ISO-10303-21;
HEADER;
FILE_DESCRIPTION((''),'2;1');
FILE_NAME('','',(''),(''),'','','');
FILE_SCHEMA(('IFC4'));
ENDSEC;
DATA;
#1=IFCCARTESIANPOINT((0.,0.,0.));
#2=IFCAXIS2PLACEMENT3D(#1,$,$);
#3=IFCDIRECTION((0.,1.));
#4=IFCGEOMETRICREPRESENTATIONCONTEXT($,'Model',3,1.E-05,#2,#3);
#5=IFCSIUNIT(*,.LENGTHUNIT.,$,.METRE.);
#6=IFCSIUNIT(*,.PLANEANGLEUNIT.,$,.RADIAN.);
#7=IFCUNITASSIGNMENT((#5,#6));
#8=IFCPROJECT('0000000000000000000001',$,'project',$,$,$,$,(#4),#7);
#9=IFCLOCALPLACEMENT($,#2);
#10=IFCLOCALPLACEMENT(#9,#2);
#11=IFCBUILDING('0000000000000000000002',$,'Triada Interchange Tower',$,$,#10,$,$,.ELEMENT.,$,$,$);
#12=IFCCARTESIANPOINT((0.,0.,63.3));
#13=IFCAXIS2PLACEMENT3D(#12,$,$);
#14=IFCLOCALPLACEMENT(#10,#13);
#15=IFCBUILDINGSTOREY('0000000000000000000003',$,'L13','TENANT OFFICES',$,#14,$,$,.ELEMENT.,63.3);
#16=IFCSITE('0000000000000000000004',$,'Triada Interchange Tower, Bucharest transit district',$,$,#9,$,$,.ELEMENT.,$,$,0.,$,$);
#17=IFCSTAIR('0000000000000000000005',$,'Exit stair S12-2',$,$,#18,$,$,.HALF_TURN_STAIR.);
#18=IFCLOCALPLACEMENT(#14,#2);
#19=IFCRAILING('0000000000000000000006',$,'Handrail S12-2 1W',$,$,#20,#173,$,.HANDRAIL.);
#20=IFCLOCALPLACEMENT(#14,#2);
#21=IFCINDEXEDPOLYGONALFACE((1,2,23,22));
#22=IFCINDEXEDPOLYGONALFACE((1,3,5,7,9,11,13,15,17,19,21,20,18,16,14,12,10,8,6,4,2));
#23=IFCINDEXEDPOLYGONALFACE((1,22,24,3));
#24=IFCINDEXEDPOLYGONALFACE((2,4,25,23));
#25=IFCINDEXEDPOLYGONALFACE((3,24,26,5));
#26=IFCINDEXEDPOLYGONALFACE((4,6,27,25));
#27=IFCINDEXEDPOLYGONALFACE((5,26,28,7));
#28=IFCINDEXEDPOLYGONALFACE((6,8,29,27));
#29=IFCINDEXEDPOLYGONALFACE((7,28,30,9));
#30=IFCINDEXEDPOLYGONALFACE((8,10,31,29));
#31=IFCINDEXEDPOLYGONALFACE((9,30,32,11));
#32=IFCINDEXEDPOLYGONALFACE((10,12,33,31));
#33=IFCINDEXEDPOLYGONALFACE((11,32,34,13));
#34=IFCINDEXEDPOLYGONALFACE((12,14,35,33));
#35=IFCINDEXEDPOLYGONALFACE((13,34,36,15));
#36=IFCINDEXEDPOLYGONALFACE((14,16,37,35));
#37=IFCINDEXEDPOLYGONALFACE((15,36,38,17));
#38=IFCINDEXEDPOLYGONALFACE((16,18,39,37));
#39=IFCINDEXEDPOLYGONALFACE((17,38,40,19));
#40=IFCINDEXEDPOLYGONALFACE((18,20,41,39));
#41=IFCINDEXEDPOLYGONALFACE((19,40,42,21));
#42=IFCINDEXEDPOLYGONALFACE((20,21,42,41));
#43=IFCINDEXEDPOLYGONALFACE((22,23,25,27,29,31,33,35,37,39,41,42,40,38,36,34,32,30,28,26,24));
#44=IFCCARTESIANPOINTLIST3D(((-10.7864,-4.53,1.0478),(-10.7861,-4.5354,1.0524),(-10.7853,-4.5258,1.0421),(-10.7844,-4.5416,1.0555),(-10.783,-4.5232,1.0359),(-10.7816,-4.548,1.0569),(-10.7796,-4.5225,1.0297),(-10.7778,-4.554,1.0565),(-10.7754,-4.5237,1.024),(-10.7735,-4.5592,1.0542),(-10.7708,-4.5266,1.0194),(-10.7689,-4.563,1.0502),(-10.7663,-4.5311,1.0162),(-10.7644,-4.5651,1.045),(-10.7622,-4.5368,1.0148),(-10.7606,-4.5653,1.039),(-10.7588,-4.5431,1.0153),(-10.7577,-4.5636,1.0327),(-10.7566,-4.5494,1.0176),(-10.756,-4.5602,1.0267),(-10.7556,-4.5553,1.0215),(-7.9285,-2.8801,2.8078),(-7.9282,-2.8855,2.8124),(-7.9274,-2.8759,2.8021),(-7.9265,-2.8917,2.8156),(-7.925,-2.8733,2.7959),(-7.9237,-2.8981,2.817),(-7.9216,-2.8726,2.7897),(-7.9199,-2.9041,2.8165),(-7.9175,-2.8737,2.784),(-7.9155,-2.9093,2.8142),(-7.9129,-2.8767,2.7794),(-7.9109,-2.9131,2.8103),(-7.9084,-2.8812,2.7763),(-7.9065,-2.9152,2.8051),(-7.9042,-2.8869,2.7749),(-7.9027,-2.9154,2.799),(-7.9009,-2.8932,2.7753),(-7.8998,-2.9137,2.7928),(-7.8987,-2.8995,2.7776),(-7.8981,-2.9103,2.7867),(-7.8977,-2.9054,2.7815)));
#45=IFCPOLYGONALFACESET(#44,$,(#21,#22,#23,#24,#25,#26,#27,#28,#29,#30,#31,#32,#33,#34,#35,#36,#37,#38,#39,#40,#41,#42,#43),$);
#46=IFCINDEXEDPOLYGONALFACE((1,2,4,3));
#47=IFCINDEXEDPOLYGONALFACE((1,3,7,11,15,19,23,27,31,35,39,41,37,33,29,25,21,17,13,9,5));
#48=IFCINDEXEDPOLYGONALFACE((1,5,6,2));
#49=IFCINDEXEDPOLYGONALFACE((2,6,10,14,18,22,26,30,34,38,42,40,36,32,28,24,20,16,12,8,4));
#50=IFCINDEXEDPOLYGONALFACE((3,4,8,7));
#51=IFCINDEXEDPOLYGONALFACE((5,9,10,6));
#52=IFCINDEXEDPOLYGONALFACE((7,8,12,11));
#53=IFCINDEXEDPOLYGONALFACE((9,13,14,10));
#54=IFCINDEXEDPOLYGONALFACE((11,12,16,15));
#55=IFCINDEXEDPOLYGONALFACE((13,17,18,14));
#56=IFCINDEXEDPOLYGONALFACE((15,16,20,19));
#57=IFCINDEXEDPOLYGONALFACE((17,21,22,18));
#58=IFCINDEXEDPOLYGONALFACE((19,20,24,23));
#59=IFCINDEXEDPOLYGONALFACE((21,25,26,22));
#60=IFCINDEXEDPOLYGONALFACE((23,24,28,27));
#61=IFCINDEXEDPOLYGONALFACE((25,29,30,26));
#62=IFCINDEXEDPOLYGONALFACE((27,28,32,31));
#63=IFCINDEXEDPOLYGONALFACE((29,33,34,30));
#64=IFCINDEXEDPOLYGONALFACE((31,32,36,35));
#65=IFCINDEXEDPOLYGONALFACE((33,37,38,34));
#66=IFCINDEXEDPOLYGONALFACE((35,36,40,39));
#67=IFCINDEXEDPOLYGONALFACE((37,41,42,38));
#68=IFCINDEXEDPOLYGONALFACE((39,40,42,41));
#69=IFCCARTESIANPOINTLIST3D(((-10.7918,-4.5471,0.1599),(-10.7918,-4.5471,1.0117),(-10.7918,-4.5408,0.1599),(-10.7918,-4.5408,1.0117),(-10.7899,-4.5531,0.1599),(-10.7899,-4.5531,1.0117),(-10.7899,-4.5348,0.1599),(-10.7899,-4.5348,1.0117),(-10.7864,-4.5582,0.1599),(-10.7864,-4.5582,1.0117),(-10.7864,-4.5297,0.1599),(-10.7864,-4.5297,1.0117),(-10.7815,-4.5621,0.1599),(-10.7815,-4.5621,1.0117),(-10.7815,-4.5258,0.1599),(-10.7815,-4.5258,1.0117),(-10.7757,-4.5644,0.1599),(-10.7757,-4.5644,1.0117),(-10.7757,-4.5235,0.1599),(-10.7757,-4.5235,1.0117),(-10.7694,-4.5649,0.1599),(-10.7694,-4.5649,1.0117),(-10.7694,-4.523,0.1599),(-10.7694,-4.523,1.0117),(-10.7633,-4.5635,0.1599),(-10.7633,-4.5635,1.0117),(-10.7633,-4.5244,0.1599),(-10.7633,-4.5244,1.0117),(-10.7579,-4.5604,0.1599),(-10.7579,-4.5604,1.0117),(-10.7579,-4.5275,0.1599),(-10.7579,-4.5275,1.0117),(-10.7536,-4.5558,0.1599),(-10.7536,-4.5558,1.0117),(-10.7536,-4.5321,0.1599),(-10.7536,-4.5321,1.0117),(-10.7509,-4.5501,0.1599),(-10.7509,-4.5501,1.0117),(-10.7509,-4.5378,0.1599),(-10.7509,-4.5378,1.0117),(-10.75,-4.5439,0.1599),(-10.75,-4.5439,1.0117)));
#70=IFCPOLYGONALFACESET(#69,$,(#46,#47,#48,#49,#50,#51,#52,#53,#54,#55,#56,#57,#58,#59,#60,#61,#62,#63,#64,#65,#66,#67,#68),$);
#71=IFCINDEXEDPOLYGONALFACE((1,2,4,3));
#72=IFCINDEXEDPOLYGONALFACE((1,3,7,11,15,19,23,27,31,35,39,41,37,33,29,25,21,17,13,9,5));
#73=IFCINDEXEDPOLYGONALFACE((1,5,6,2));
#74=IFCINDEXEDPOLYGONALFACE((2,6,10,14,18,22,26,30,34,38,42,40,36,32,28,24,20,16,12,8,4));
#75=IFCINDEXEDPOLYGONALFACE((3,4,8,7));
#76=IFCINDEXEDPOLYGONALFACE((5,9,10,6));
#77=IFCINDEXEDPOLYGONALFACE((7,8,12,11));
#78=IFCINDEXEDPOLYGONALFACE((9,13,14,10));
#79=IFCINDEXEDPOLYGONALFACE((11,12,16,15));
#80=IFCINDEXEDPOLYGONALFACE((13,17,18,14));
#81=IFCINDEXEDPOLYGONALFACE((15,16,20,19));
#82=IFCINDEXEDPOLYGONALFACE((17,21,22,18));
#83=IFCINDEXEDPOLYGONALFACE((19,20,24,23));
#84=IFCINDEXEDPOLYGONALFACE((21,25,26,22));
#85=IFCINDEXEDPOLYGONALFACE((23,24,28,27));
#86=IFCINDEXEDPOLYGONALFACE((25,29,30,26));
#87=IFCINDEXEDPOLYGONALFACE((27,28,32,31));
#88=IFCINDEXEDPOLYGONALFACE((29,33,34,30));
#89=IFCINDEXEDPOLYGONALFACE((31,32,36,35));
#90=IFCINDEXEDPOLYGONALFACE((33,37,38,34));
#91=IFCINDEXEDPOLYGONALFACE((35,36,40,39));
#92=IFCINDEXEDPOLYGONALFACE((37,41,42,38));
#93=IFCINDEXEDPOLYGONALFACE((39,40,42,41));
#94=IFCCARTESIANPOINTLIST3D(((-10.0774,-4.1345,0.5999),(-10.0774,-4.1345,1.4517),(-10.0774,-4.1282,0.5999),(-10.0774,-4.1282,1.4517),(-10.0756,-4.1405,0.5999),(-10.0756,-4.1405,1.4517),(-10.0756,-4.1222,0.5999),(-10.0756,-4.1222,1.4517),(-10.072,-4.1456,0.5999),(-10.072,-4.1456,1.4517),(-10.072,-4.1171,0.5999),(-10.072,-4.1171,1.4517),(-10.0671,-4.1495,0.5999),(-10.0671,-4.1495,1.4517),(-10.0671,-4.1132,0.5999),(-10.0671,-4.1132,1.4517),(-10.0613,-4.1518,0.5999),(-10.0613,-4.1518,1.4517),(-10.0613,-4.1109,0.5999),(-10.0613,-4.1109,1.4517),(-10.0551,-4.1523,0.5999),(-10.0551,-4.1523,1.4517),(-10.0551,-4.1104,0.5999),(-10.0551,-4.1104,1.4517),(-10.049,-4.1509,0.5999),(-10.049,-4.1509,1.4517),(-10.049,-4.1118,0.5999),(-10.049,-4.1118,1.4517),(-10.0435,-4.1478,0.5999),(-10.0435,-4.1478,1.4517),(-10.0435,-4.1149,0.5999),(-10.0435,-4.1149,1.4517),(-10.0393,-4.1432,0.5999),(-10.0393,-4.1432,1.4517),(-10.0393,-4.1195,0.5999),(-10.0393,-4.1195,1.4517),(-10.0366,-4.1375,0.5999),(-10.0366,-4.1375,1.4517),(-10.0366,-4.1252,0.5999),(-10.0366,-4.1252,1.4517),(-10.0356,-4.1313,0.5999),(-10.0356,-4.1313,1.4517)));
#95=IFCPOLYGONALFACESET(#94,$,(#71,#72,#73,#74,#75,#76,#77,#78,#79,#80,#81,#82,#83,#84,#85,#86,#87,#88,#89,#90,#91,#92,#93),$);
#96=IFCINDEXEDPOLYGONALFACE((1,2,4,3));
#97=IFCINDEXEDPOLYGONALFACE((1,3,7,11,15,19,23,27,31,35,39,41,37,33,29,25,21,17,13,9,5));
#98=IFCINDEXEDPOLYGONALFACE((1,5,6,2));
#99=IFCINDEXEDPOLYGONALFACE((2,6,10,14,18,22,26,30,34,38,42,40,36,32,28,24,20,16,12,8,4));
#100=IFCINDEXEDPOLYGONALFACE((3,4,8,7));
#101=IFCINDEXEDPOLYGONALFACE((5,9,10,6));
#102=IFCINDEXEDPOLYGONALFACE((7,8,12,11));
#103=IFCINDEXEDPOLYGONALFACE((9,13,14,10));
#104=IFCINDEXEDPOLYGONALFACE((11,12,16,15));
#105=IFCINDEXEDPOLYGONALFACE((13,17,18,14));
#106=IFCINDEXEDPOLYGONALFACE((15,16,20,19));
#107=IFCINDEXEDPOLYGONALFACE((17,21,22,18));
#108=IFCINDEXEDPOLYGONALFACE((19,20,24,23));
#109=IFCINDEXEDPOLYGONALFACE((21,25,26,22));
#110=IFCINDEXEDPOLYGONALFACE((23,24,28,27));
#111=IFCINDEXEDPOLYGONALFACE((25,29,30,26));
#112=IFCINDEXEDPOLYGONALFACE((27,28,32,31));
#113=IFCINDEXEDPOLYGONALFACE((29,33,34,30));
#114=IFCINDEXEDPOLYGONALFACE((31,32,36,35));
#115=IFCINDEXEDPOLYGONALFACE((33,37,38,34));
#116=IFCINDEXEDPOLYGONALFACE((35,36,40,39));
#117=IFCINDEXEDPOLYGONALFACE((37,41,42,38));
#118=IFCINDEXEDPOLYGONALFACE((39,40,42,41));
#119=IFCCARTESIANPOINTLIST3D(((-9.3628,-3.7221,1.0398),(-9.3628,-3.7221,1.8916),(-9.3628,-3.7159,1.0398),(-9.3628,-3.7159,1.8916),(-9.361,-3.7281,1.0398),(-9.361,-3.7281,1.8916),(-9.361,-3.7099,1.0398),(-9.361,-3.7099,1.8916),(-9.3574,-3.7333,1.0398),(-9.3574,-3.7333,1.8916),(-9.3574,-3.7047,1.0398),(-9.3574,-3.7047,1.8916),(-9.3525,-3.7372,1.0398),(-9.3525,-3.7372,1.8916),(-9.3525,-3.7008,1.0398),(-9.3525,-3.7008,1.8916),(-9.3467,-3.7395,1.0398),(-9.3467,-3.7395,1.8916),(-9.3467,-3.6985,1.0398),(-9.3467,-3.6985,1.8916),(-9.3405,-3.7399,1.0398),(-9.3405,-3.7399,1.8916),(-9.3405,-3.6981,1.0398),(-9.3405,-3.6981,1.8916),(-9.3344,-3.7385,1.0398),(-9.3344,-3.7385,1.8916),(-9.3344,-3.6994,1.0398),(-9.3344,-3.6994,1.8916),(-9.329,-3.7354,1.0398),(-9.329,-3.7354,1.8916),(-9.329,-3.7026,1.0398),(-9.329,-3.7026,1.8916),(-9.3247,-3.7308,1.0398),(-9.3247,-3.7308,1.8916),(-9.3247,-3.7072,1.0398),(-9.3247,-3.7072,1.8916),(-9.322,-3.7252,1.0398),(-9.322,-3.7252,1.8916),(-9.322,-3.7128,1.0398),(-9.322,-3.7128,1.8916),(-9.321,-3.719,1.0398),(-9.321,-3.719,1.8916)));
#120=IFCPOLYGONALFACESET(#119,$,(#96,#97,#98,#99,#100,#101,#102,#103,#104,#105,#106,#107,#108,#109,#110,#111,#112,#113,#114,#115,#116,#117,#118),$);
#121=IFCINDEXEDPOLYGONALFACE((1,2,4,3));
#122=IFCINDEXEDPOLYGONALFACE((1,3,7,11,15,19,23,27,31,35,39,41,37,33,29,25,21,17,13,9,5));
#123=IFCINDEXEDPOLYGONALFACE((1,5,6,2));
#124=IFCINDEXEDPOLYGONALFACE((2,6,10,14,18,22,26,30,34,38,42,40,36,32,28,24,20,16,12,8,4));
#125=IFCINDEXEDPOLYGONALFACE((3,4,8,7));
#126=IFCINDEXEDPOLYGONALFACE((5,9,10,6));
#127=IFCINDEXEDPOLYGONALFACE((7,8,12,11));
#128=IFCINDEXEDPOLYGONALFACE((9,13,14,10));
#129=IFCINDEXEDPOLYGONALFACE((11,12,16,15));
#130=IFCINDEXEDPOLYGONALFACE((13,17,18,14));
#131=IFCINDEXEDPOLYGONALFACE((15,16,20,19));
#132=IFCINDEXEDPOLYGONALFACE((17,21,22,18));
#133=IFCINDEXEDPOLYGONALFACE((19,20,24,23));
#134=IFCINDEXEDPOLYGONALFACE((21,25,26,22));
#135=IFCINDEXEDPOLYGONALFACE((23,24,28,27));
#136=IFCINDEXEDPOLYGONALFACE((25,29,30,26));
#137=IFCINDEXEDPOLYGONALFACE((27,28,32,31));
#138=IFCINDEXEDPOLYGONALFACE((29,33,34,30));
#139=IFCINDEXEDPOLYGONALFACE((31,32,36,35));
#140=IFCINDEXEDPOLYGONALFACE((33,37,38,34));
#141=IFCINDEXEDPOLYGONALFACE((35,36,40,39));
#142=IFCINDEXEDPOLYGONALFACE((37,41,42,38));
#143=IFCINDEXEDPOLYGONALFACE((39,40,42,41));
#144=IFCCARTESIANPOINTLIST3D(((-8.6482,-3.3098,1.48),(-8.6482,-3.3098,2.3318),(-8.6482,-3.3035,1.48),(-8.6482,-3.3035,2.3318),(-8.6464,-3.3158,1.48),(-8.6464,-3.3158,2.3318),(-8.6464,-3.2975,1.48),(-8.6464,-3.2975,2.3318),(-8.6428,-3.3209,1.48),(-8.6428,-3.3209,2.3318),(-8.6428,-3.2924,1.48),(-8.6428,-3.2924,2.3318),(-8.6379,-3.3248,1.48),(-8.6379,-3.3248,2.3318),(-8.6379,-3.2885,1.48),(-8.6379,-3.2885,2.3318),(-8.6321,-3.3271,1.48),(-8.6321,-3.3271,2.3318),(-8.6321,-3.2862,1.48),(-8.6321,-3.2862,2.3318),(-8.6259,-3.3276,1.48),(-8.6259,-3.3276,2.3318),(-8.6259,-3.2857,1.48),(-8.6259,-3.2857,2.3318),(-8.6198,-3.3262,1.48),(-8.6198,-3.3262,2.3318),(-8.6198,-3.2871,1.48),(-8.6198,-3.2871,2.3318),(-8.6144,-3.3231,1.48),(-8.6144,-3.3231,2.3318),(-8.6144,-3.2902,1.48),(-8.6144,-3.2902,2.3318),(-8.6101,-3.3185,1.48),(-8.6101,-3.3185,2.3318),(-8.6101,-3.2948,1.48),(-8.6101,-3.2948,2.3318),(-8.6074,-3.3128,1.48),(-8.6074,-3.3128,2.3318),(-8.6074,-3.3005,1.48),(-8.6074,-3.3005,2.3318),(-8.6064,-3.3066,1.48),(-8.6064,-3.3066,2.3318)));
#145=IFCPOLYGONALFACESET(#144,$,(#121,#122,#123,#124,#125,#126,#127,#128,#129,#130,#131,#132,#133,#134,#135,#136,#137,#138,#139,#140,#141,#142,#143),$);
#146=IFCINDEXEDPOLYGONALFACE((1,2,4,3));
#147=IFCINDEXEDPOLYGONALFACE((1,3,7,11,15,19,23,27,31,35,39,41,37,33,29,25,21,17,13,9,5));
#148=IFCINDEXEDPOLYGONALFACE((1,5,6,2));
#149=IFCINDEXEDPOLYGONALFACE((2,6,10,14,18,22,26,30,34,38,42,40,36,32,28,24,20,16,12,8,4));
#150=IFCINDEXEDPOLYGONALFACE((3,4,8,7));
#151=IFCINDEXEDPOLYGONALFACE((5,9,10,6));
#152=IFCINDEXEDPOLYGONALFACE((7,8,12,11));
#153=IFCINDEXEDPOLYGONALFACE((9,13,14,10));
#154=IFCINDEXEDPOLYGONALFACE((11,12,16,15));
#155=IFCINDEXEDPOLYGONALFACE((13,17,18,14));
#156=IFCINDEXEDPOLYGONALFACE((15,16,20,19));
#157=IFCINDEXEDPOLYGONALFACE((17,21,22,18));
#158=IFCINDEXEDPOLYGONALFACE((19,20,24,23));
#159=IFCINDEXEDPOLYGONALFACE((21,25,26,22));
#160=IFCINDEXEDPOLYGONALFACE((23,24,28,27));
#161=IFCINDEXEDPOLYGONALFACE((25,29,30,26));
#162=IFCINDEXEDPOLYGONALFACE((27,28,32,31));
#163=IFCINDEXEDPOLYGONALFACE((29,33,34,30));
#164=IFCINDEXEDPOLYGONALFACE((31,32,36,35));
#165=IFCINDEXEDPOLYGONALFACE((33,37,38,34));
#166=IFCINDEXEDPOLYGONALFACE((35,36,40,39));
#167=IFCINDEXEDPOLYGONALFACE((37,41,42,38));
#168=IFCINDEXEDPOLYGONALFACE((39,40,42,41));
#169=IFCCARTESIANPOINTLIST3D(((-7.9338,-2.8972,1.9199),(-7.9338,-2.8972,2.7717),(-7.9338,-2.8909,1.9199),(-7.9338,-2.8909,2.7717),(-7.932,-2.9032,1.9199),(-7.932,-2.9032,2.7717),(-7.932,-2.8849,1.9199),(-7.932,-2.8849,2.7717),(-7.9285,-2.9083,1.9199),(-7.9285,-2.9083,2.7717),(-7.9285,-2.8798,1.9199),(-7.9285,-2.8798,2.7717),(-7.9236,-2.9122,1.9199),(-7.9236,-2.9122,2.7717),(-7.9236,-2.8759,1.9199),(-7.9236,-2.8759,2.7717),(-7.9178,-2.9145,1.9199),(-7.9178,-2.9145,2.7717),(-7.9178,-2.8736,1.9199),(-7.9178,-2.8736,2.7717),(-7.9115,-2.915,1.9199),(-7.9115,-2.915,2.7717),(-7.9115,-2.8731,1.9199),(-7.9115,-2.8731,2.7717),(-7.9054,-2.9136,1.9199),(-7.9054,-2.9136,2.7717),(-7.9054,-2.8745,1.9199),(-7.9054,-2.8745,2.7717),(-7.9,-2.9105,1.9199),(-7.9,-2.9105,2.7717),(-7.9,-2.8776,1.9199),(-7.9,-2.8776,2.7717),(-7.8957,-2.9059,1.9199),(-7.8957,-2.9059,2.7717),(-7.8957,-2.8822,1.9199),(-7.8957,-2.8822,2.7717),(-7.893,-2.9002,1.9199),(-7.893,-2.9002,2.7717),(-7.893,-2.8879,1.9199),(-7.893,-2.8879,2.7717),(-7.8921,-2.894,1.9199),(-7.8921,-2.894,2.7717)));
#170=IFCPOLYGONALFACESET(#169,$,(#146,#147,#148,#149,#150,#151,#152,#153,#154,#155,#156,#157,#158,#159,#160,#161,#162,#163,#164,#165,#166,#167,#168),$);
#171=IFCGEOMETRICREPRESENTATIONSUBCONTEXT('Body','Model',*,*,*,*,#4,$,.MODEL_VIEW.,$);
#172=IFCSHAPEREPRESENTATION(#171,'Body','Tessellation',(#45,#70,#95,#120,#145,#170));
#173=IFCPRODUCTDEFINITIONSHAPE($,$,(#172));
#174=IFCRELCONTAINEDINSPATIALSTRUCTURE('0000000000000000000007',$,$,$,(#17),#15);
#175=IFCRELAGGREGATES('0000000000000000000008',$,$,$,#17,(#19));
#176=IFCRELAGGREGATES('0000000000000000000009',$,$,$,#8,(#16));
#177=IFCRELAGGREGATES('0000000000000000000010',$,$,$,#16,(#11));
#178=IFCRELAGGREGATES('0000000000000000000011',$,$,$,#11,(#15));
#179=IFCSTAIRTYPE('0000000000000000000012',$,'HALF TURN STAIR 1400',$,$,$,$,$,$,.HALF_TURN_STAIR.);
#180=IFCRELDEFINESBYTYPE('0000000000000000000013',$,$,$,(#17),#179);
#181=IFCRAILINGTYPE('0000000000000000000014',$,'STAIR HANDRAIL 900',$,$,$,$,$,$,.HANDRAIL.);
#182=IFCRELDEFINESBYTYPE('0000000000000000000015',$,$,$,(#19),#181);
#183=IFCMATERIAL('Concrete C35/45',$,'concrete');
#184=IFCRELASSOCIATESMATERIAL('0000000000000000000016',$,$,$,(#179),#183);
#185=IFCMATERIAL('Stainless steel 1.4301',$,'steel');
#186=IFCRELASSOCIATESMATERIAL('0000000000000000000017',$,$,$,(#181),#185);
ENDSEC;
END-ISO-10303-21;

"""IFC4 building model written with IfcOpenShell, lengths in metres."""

from ifc_helpers import new_model, si_unit, direction, frame, origin, origin_2d, place, context, subcontext, project, spatial, circle, extrude, material, type_object, element, aggregate, save


model = new_model("IFC4")

# Units and contexts
model_context = context("Model", 3, precision=1e-05, world=origin(), true_north=direction((0.0, 1.0)))
body_context = subcontext(model_context, "Body", "Model", "MODEL_VIEW")
ifc_project = project(units=[si_unit("LENGTHUNIT", "METRE"), si_unit("PLANEANGLEUNIT", "RADIAN")], contexts=[model_context])

# Site, building, storey
site_placement = place(None, origin())
site = spatial("IfcSite", under=ifc_project, at=site_placement, Name="Triada Interchange Tower, Bucharest transit district", CompositionType="ELEMENT", RefElevation=0.0)
building_placement = place(site_placement, origin())
building = spatial("IfcBuilding", under=site, at=building_placement, Name="Triada Interchange Tower", CompositionType="ELEMENT")
storey_placement = place(building_placement, frame((0.0, 0.0, 63.3)))
storey = spatial("IfcBuildingStorey", under=building, at=storey_placement, Name="L13", Description="TENANT OFFICES", CompositionType="ELEMENT", Elevation=63.3)

# Stair, railing
ifc_material_1 = material(Name="Concrete C35/45", Category="concrete")
stair_type = type_object("IfcStairType", Name="HALF TURN STAIR 1400", PredefinedType="HALF_TURN_STAIR", material=ifc_material_1)
stair_placement = place(storey_placement, origin())
stair = element("IfcStair", 1, at=stair_placement, inside=storey, type_object=stair_type, Name="Exit stair S12-2", PredefinedType="HALF_TURN_STAIR")
ifc_material_2 = material(Name="Stainless steel 1.4301", Category="steel")
railing_type = type_object("IfcRailingType", Name="STAIR HANDRAIL 900", PredefinedType="HANDRAIL", material=ifc_material_2)
railing_1_placement = place(storey_placement, frame((-10.771, -4.5439, 0.1599)))
railing_1 = element("IfcRailing", 2, at=railing_1_placement, type_object=railing_type, Name="Handrail S12-2 1W", PredefinedType="HANDRAIL", context=body_context, shape_type="SweptSolid", body=[
    extrude(circle(Radius=0.0239, at=origin_2d()), frame((0.0, 0.0, 0.876), z_axis=(0.764151, 0.441153, 0.470593), x_axis=(-0.499974, 0.86604, 0.0)), (0.0, 0.0, 1.0), 3.74),
    extrude(circle(Radius=0.021, at=origin_2d()), origin(), (0.0, 0.0, 1.0), 0.8518),
    extrude(circle(Radius=0.021, at=origin_2d()), frame((0.7144, 0.4126, 0.4399)), (0.0, 0.0, 1.0), 0.8518),
    extrude(circle(Radius=0.021, at=origin_2d()), frame((1.429, 0.825, 0.8799)), (0.0, 0.0, 1.0), 0.8518),
    extrude(circle(Radius=0.021, at=origin_2d()), frame((2.1436, 1.2373, 1.3201)), (0.0, 0.0, 1.0), 0.8518),
    extrude(circle(Radius=0.021, at=origin_2d()), frame((2.8579, 1.6499, 1.76)), (0.0, 0.0, 1.0), 0.8518),
])
aggregate(stair, [railing_1])

save(model, "model.ifc")
